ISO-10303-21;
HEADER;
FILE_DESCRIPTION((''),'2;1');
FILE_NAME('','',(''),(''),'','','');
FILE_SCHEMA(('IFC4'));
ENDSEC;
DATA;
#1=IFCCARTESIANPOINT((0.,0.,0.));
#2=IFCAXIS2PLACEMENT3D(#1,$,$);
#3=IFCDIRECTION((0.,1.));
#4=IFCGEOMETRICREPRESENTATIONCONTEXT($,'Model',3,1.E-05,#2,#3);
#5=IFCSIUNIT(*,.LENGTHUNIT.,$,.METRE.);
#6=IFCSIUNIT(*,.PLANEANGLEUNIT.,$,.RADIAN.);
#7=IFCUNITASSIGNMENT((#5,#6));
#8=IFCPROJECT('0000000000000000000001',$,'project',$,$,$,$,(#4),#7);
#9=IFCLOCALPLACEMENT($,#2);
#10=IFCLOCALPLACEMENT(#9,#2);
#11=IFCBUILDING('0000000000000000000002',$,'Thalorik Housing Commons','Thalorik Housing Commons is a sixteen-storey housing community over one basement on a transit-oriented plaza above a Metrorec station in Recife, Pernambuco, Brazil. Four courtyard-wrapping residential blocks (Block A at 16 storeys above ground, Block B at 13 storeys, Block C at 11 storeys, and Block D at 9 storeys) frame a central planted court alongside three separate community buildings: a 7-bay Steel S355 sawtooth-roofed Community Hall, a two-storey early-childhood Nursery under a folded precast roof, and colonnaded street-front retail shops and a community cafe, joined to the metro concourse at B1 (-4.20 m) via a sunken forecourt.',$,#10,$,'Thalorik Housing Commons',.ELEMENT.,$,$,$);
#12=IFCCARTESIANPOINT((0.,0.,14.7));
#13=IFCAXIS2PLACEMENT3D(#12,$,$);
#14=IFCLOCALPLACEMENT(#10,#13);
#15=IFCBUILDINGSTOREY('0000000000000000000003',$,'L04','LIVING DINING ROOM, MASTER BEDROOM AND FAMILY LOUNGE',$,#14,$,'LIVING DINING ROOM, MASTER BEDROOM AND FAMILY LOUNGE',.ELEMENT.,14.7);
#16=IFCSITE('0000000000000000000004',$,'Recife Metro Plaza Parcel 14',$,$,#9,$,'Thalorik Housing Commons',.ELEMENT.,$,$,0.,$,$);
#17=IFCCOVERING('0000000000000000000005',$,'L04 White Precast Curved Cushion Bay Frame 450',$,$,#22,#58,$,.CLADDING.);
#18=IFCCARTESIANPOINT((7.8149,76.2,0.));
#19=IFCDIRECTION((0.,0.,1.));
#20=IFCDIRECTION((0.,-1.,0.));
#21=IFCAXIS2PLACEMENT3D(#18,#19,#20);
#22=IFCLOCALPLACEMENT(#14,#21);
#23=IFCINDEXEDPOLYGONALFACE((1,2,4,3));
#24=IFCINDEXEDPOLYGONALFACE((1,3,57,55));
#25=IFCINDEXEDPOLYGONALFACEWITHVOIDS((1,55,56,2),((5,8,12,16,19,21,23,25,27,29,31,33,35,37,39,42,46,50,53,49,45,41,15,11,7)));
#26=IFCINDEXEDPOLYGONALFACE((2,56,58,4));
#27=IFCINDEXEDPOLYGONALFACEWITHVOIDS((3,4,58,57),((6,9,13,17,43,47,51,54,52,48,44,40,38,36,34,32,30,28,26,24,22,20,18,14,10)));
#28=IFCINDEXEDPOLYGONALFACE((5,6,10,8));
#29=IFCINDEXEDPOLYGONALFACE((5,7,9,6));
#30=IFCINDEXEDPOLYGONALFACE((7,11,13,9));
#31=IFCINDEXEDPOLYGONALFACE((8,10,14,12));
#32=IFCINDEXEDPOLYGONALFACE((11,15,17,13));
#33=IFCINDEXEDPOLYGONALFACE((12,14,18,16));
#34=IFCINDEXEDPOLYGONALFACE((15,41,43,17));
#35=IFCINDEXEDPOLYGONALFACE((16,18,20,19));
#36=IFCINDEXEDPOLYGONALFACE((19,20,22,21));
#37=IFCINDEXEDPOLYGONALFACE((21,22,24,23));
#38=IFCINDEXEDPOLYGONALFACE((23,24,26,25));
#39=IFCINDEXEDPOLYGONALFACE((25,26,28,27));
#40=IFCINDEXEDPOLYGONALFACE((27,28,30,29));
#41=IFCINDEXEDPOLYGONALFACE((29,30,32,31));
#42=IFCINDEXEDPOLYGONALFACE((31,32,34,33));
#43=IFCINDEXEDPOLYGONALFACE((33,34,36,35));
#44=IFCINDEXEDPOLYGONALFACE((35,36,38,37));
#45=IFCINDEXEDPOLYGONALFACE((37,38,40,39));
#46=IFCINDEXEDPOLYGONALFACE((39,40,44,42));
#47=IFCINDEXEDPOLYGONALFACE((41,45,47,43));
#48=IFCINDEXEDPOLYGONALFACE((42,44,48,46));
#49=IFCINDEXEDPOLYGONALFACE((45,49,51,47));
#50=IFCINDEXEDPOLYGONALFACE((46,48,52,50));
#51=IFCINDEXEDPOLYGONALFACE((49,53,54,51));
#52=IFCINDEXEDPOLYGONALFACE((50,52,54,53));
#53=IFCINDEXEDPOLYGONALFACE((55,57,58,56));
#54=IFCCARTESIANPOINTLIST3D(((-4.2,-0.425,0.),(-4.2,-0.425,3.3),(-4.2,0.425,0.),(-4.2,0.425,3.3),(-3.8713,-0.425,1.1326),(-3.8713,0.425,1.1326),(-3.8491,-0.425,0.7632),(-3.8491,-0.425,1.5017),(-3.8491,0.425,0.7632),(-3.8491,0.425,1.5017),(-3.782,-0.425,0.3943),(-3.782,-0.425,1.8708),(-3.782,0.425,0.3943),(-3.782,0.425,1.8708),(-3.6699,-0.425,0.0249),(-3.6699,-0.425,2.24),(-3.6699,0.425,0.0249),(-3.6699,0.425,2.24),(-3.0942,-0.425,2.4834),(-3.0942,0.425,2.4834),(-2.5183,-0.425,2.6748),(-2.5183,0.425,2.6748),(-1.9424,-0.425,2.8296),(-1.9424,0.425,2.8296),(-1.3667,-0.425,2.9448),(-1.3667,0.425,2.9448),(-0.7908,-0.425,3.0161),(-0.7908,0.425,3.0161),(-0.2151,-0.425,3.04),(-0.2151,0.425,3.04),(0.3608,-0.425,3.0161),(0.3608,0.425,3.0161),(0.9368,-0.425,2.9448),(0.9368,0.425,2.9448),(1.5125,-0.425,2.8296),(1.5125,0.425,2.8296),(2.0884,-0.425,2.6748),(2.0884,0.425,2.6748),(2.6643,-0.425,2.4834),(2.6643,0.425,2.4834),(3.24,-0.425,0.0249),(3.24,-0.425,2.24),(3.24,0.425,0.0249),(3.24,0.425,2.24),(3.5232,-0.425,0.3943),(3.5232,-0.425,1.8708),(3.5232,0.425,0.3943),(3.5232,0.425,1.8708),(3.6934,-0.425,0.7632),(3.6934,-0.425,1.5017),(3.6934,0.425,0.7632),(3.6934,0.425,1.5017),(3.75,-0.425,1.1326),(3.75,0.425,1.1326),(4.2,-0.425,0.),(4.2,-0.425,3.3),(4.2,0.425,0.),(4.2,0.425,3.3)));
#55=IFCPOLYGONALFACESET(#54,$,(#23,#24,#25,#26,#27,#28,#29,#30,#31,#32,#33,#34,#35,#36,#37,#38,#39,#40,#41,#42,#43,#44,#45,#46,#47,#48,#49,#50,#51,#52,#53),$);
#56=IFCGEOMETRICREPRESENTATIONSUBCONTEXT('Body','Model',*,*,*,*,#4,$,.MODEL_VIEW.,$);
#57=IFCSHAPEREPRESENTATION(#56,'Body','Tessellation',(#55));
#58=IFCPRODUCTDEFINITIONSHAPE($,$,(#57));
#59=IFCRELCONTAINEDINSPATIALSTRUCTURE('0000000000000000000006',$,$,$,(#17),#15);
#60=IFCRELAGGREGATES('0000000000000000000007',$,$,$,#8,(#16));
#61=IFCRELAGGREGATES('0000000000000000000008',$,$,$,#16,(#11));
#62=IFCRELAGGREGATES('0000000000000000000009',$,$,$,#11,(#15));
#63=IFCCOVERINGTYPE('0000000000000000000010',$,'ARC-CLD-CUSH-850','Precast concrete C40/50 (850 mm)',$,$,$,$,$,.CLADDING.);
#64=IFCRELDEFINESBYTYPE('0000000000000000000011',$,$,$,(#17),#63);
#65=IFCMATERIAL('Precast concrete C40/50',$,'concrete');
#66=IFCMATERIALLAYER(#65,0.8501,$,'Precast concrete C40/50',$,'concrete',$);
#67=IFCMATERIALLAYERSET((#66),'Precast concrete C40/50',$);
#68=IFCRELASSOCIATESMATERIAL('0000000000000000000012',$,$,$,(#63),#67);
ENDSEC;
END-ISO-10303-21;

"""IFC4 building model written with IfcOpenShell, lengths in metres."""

from ifc_helpers import new_model, si_unit, direction, frame, origin, place, context, subcontext, project, spatial, polyline, outline, extrude, material, layer, layer_set, type_object, element, save


model = new_model("IFC4")

# Units and contexts
model_context = context("Model", 3, precision=1e-05, world=origin(), true_north=direction((0.0, 1.0)))
body_context = subcontext(model_context, "Body", "Model", "MODEL_VIEW")
ifc_project = project(units=[si_unit("LENGTHUNIT", "METRE"), si_unit("PLANEANGLEUNIT", "RADIAN")], contexts=[model_context])

# Site, building, storey
site_placement = place(None, origin())
site = spatial("IfcSite", under=ifc_project, at=site_placement, Name="Recife Metro Plaza Parcel 14", LongName="Thalorik Housing Commons", CompositionType="ELEMENT", RefElevation=0.0)
building_placement = place(site_placement, origin())
building = spatial("IfcBuilding", under=site, at=building_placement, Name="Thalorik Housing Commons", Description="Thalorik Housing Commons is a sixteen-storey housing community over one basement on a transit-oriented plaza above a Metrorec station in Recife, Pernambuco, Brazil. Four courtyard-wrapping residential blocks (Block A at 16 storeys above ground, Block B at 13 storeys, Block C at 11 storeys, and Block D at 9 storeys) frame a central planted court alongside three separate community buildings: a 7-bay Steel S355 sawtooth-roofed Community Hall, a two-storey early-childhood Nursery under a folded precast roof, and colonnaded street-front retail shops and a community cafe, joined to the metro concourse at B1 (-4.20 m) via a sunken forecourt.", LongName="Thalorik Housing Commons", CompositionType="ELEMENT")
storey_placement = place(building_placement, frame((0.0, 0.0, 14.7)))
storey = spatial("IfcBuildingStorey", under=building, at=storey_placement, Name="L04", Description="LIVING DINING ROOM, MASTER BEDROOM AND FAMILY LOUNGE", LongName="LIVING DINING ROOM, MASTER BEDROOM AND FAMILY LOUNGE", CompositionType="ELEMENT", Elevation=14.7)

# Shared definitions
ifc_material_1 = material(Name="Precast concrete C40/50", Category="concrete")

# Covering
ifc_layer_1 = layer(ifc_material_1, 0.8501, Name="Precast concrete C40/50", Category="concrete")
ifc_layer_set_1 = layer_set([ifc_layer_1], Name="Precast concrete C40/50")
covering_type_1 = type_object("IfcCoveringType", Name="ARC-CLD-CUSH-850", Description="Precast concrete C40/50 (850 mm)", PredefinedType="CLADDING", material=ifc_layer_set_1)
covering_1_placement = place(storey_placement, frame((7.8149, 76.2, 0.0), z_axis=(0.0, 0.0, 1.0), x_axis=(0.0, -1.0, 0.0)))
element("IfcCovering", 1, at=covering_1_placement, inside=storey, type_object=covering_type_1, Name="L04 White Precast Curved Cushion Bay Frame 450", PredefinedType="CLADDING", context=body_context, shape_type="SweptSolid", body=[
    extrude(outline(polyline([(-4.2, 0.0), (4.2, 0.0), (4.2, 3.3), (-4.2, 3.3), (-4.2, 0.0)]), holes=[polyline([(3.24, 0.0249), (3.5232, 0.3943), (3.6934, 0.7632), (3.75, 1.1326), (3.6934, 1.5017), (3.5232, 1.8708), (3.24, 2.24), (2.6643, 2.4834), (2.0884, 2.6748), (1.5125, 2.8296), (0.9368, 2.9448), (0.3608, 3.0161), (-0.2151, 3.04), (-0.7908, 3.0161), (-1.3667, 2.9448), (-1.9424, 2.8296), (-2.5183, 2.6748), (-3.0942, 2.4834), (-3.6699, 2.24), (-3.782, 1.8708), (-3.8491, 1.5017), (-3.8713, 1.1326), (-3.8491, 0.7632), (-3.782, 0.3943), (-3.6699, 0.0249), (3.24, 0.0249)])]), frame((0.0, 0.425, 0.0), z_axis=(0.0, -1.0, 0.0), x_axis=(1.0, 0.0, 0.0)), (0.0, 0.0, 1.0), 0.8501),
])

save(model, "model.ifc")
